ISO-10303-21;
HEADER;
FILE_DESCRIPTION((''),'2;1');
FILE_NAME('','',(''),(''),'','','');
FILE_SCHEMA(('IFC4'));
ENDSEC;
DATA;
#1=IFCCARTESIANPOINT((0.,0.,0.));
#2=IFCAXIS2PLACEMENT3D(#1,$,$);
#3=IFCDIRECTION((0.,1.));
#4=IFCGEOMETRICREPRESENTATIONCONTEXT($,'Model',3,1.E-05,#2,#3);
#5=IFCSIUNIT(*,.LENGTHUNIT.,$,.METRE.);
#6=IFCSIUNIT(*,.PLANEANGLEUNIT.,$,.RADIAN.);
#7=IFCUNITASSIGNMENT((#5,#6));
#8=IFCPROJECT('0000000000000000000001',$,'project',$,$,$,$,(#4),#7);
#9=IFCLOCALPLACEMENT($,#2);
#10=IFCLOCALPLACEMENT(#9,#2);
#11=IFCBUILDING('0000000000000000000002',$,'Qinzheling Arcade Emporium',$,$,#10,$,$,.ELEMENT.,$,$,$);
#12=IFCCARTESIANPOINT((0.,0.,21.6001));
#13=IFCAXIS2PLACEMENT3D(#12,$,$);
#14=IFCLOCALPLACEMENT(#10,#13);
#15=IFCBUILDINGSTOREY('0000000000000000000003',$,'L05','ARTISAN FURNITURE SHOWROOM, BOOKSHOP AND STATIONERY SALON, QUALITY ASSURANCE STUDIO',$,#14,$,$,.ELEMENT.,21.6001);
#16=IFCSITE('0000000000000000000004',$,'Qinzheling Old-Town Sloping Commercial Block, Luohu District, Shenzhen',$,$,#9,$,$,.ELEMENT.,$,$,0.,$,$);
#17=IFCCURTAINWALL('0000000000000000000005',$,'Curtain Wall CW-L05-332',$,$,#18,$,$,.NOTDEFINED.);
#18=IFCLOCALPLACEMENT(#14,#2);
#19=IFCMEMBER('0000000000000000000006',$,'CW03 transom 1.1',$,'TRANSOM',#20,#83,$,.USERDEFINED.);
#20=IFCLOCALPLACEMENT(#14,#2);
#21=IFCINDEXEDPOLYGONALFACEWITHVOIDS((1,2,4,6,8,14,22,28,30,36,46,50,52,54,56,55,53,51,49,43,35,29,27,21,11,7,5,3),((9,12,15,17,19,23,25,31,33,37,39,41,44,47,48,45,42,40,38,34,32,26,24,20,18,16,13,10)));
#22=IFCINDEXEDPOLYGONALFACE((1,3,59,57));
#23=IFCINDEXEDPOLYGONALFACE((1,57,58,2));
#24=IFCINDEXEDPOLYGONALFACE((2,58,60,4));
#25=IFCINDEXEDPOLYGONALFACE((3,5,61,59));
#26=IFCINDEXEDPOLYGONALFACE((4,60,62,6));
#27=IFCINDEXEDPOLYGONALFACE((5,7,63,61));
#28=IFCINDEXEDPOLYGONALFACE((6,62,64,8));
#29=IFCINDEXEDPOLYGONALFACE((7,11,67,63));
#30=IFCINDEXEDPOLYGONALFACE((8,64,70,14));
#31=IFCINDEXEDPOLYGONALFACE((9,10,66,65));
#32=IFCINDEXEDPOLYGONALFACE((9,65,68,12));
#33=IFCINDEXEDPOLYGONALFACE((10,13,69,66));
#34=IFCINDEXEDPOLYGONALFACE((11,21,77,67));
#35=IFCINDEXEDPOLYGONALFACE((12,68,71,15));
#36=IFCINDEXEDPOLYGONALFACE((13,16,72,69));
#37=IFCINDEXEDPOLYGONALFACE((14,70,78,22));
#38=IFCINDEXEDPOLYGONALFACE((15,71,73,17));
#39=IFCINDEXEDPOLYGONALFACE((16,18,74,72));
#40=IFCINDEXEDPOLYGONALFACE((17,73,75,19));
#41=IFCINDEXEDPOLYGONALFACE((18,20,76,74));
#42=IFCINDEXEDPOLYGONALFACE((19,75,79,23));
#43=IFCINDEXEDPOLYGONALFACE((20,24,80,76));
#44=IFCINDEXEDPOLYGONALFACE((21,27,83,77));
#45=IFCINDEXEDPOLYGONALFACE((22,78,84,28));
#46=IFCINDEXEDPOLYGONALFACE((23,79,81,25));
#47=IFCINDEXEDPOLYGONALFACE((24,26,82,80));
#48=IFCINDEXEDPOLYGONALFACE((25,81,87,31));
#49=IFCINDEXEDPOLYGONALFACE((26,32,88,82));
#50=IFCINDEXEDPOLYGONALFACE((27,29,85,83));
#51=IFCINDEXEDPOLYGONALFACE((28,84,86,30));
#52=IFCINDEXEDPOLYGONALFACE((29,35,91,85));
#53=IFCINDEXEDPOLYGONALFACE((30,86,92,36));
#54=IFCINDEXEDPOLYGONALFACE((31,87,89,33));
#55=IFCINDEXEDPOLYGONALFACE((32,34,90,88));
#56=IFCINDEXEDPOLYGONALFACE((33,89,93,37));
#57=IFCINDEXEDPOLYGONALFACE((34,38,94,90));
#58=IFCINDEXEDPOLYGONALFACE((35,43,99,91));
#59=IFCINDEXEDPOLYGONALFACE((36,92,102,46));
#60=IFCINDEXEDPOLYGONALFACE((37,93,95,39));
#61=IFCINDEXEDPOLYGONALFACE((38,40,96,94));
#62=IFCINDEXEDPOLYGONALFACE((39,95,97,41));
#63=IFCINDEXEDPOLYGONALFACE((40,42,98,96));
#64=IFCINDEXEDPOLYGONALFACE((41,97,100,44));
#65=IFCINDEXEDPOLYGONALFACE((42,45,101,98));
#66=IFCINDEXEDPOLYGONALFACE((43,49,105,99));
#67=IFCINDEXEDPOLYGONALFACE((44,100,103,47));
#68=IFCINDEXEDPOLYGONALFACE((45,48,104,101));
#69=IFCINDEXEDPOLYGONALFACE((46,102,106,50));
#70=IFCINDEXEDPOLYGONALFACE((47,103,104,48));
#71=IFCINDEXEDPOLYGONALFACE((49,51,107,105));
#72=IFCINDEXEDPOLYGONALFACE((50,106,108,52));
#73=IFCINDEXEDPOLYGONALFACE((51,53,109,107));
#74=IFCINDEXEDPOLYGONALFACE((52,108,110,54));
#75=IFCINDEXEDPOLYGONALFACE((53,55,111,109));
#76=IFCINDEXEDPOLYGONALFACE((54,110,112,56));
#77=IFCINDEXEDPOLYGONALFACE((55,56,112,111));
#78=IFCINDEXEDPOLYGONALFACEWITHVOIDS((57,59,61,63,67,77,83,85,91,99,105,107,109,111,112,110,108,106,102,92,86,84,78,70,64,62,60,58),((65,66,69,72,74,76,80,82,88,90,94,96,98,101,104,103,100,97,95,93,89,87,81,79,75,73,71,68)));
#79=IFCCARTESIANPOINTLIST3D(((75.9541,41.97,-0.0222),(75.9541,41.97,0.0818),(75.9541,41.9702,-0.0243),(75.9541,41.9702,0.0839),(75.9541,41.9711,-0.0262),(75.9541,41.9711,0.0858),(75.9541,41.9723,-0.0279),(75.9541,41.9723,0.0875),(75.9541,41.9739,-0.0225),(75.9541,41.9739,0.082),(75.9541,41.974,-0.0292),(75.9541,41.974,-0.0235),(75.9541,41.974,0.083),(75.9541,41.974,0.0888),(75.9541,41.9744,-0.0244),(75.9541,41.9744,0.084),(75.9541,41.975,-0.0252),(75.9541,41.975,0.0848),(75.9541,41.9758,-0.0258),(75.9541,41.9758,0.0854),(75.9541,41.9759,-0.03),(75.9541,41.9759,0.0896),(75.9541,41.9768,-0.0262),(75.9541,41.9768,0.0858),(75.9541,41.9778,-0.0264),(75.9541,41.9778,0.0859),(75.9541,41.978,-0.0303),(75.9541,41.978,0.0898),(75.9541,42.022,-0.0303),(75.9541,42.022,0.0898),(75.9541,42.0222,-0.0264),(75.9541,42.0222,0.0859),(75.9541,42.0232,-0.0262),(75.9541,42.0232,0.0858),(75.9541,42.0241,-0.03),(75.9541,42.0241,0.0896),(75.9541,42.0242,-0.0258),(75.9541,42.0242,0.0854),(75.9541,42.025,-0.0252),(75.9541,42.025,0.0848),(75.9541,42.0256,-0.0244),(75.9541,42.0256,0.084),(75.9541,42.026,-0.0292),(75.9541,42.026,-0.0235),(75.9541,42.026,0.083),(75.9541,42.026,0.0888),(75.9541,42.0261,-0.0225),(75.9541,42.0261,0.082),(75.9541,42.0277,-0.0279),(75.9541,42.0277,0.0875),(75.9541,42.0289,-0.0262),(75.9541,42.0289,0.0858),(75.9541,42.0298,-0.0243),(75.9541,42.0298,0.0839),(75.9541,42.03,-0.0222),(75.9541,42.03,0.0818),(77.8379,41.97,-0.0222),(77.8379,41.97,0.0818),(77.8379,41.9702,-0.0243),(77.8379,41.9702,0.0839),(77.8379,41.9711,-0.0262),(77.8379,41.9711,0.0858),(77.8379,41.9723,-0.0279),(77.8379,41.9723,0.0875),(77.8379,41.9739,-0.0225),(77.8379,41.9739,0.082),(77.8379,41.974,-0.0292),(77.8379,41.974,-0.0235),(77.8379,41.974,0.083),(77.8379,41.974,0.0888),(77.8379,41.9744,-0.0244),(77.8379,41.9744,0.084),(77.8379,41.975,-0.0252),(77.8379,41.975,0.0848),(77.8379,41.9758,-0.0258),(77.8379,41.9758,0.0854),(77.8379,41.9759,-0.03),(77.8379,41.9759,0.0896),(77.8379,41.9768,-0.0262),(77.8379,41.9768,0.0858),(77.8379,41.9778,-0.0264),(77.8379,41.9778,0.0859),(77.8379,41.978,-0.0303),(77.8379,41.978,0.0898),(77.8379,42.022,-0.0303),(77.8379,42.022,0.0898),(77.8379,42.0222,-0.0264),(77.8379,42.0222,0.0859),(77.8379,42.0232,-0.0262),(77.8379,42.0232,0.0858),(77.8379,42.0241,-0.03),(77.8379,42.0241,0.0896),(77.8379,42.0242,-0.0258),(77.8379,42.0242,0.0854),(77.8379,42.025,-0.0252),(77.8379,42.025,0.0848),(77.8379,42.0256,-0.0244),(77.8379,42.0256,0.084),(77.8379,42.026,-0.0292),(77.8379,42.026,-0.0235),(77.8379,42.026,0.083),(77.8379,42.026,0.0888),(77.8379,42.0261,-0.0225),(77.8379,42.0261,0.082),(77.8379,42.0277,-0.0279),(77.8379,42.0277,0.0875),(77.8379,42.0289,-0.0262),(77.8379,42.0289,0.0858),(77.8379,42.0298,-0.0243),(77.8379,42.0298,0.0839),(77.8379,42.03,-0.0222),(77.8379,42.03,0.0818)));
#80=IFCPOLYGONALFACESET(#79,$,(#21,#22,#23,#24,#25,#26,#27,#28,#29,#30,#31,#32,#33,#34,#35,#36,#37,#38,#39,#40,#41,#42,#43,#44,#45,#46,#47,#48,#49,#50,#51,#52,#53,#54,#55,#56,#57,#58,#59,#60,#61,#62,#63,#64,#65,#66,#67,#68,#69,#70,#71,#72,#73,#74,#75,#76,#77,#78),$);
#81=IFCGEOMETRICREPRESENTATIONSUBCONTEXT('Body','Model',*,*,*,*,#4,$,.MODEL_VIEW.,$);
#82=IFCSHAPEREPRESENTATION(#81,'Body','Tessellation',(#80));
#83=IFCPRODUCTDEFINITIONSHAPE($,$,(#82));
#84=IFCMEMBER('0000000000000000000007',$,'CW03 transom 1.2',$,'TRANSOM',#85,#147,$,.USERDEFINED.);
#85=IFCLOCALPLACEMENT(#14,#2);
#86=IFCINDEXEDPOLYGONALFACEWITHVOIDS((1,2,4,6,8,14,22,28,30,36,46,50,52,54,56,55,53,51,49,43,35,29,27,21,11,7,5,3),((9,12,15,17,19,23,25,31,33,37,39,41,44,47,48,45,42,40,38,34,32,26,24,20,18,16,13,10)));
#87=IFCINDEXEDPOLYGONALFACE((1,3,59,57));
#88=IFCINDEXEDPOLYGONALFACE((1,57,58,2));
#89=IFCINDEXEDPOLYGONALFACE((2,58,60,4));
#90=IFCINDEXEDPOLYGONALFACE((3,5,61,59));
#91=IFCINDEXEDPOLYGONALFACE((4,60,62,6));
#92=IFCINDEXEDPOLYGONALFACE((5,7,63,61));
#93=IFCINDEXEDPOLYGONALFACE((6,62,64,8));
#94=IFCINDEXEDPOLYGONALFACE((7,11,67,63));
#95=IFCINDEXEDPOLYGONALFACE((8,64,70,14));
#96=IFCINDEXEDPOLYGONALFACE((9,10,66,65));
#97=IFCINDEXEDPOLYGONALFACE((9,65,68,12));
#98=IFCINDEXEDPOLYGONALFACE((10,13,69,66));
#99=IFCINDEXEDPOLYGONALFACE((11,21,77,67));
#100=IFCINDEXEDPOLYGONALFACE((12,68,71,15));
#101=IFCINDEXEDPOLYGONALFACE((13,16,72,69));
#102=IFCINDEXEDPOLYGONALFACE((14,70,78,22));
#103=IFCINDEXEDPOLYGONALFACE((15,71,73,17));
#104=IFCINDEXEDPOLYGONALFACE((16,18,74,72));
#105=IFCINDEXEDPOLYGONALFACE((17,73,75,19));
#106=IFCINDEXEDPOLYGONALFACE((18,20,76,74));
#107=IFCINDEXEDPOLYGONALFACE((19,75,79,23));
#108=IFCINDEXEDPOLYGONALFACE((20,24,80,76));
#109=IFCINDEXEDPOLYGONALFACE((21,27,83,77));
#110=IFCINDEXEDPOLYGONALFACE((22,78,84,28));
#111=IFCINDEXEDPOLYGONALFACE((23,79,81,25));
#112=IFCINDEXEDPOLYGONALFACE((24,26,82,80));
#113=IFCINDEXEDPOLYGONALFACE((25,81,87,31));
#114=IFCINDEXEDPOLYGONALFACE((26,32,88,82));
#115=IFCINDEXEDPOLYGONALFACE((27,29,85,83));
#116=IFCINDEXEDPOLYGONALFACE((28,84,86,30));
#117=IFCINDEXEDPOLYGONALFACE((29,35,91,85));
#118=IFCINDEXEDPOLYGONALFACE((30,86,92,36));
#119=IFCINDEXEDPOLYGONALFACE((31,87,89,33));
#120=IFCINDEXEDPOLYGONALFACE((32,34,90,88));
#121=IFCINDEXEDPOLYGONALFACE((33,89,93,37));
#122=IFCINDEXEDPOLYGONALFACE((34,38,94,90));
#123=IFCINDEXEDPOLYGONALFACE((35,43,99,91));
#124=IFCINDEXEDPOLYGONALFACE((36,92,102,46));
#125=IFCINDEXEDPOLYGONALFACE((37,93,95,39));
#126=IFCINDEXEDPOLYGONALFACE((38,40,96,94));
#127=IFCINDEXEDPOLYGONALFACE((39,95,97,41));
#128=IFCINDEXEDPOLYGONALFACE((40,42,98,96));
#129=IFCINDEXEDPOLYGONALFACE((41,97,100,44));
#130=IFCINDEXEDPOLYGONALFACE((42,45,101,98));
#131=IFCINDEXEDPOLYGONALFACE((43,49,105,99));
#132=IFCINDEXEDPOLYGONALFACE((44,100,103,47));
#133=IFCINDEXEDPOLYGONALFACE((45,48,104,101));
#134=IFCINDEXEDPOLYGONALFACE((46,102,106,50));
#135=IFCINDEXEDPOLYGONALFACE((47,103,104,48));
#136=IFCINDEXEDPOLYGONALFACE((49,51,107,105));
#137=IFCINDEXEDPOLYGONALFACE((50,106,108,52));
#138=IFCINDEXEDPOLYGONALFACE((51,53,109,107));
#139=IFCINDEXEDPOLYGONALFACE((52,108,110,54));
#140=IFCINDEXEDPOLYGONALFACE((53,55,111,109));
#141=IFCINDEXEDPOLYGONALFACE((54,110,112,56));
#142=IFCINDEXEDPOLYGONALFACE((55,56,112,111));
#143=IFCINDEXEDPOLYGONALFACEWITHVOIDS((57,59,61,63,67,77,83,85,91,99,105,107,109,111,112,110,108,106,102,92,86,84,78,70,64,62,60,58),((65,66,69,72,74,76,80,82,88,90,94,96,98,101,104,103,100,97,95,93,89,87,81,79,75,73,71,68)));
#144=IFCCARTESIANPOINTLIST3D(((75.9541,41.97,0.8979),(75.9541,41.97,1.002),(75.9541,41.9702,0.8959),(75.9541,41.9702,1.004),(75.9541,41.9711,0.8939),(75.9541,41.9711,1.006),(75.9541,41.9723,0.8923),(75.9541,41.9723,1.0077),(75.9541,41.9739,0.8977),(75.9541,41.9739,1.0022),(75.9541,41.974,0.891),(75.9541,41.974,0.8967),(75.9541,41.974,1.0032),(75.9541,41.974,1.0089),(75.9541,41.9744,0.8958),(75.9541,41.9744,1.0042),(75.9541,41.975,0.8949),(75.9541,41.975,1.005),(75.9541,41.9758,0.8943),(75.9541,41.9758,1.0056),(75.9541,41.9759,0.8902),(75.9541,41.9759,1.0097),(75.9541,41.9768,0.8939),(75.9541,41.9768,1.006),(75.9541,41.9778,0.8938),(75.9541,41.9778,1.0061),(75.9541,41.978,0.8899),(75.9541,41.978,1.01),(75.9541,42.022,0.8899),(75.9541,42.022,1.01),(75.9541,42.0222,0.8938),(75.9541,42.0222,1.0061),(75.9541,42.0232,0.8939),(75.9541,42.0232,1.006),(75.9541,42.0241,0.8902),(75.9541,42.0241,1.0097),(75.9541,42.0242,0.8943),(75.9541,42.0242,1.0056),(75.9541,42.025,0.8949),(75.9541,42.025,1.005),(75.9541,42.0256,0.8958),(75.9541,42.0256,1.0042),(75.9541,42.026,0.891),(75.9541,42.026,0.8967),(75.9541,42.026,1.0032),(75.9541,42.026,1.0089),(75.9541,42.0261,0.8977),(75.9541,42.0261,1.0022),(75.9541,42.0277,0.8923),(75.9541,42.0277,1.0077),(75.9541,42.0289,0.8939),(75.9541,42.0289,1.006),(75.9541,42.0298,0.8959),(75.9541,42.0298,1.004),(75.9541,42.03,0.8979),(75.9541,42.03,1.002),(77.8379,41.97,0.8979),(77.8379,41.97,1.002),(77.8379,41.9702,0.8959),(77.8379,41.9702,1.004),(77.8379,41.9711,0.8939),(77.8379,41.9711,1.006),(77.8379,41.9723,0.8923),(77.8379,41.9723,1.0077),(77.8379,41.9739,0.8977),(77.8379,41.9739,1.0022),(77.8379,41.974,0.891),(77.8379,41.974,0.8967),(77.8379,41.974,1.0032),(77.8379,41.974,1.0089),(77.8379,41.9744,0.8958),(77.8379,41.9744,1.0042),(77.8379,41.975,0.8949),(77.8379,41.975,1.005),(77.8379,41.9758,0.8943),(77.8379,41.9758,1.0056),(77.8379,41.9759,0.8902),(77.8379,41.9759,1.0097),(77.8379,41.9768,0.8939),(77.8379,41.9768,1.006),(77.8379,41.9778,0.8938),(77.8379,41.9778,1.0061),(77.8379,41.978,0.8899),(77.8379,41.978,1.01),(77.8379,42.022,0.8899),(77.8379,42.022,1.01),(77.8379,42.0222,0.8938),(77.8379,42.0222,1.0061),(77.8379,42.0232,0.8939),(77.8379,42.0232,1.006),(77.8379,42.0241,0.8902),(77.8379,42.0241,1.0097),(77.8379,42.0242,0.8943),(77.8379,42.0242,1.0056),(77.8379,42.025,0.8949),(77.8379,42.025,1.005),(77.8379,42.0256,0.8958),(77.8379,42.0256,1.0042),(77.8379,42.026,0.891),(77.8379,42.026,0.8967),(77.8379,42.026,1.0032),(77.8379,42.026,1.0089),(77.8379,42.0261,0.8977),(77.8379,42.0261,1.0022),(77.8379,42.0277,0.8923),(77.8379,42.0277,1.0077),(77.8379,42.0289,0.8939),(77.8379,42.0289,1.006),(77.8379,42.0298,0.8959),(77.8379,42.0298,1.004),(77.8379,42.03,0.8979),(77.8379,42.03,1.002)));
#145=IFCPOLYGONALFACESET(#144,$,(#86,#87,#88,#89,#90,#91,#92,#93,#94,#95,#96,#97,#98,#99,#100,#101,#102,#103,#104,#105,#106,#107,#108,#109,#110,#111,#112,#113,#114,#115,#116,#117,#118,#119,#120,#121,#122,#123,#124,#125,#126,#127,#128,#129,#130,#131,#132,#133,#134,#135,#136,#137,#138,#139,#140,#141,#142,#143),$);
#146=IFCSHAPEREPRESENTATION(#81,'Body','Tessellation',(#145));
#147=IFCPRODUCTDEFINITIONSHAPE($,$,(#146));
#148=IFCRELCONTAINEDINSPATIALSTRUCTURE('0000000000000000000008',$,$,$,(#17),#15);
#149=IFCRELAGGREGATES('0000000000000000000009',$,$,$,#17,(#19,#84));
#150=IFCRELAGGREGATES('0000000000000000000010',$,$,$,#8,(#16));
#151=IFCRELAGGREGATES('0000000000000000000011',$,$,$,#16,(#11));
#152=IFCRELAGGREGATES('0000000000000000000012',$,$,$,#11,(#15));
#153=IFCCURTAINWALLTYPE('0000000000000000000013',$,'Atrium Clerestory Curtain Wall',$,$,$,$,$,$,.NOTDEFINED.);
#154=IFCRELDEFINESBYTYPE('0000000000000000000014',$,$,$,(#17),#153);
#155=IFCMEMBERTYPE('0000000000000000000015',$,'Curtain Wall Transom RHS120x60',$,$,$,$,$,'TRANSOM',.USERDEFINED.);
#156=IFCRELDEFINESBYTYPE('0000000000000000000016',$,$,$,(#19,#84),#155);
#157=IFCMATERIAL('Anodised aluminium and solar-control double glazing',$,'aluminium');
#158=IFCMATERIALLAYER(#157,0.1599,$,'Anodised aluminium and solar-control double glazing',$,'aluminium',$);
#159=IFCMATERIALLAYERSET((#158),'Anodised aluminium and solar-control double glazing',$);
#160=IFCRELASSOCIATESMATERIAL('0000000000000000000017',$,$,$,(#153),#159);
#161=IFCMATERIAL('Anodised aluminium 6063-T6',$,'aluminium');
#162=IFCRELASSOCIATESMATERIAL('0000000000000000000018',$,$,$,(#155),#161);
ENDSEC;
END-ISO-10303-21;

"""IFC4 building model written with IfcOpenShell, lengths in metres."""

from ifc_helpers import new_model, si_unit, direction, frame, origin, origin_2d, place, context, subcontext, project, spatial, hollow_rectangle, extrude, material, layer, layer_set, material_profile, profile_set, type_object, element, aggregate, save


model = new_model("IFC4")

# Units and contexts
model_context = context("Model", 3, precision=1e-05, world=origin(), true_north=direction((0.0, 1.0)))
body_context = subcontext(model_context, "Body", "Model", "MODEL_VIEW")
ifc_project = project(units=[si_unit("LENGTHUNIT", "METRE"), si_unit("PLANEANGLEUNIT", "RADIAN")], contexts=[model_context])

# Site, building, storey
site_placement = place(None, origin())
site = spatial("IfcSite", under=ifc_project, at=site_placement, Name="Qinzheling Old-Town Sloping Commercial Block, Luohu District, Shenzhen", CompositionType="ELEMENT", RefElevation=0.0)
building_placement = place(site_placement, origin())
building = spatial("IfcBuilding", under=site, at=building_placement, Name="Qinzheling Arcade Emporium", CompositionType="ELEMENT")
storey_placement = place(building_placement, frame((0.0, 0.0, 21.6001)))
storey = spatial("IfcBuildingStorey", under=building, at=storey_placement, Name="L05", Description="ARTISAN FURNITURE SHOWROOM, BOOKSHOP AND STATIONERY SALON, QUALITY ASSURANCE STUDIO", CompositionType="ELEMENT", Elevation=21.6001)

# Curtain wall
ifc_material_1 = material(Name="Anodised aluminium and solar-control double glazing", Category="aluminium")
ifc_layer_1 = layer(ifc_material_1, 0.1599, Name="Anodised aluminium and solar-control double glazing", Category="aluminium")
ifc_layer_set_1 = layer_set([ifc_layer_1], Name="Anodised aluminium and solar-control double glazing")
curtain_wall_type = type_object("IfcCurtainWallType", Name="Atrium Clerestory Curtain Wall", PredefinedType="NOTDEFINED", material=ifc_layer_set_1)
ifc_material_2 = material(Name="Anodised aluminium 6063-T6", Category="aluminium")
curtain_wall_1_placement = place(storey_placement, origin())
curtain_wall_1 = element("IfcCurtainWall", 1, at=curtain_wall_1_placement, inside=storey, type_object=curtain_wall_type, Name="Curtain Wall CW-L05-332", PredefinedType="NOTDEFINED")

# Members
ifc_material_profile_1 = material_profile(ifc_material_2, hollow_rectangle(XDim=0.0601, YDim=0.1201, WallThickness=0.0039, InnerFilletRadius=0.0039, OuterFilletRadius=0.0081, at=origin_2d()), Name="RHS 120x60x4", Category="aluminium")
ifc_profile_set_1 = profile_set([ifc_material_profile_1], Name="Anodised aluminium 6063-T6")
member_type_1 = type_object("IfcMemberType", Name="Curtain Wall Transom RHS120x60", ElementType="TRANSOM", PredefinedType="USERDEFINED", material=ifc_profile_set_1)
member_1_placement = place(storey_placement, frame((77.8379, 42.0, 0.0298), z_axis=(-1.0, 0.0, 0.0), x_axis=(0.0, -1.0, 0.0)))
member_1 = element("IfcMember", 2, at=member_1_placement, type_object=member_type_1, Name="CW03 transom 1.1", ObjectType="TRANSOM", PredefinedType="USERDEFINED", context=body_context, shape_type="SweptSolid", body=[
    extrude(hollow_rectangle(XDim=0.0601, YDim=0.1201, WallThickness=0.0039, InnerFilletRadius=0.0039, OuterFilletRadius=0.0081, at=origin_2d()), origin(), (0.0, 0.0, 1.0), 1.8838),
])
member_2_placement = place(storey_placement, frame((77.8379, 42.0, 0.95), z_axis=(-1.0, 0.0, 0.0), x_axis=(0.0, -1.0, 0.0)))
member_2 = element("IfcMember", 3, at=member_2_placement, type_object=member_type_1, Name="CW03 transom 1.2", ObjectType="TRANSOM", PredefinedType="USERDEFINED", context=body_context, shape_type="SweptSolid", body=[
    extrude(hollow_rectangle(XDim=0.0601, YDim=0.1201, WallThickness=0.0039, InnerFilletRadius=0.0039, OuterFilletRadius=0.0081, at=origin_2d()), origin(), (0.0, 0.0, 1.0), 1.8838),
])

aggregate(curtain_wall_1, [member_1, member_2])

save(model, "model.ifc")
